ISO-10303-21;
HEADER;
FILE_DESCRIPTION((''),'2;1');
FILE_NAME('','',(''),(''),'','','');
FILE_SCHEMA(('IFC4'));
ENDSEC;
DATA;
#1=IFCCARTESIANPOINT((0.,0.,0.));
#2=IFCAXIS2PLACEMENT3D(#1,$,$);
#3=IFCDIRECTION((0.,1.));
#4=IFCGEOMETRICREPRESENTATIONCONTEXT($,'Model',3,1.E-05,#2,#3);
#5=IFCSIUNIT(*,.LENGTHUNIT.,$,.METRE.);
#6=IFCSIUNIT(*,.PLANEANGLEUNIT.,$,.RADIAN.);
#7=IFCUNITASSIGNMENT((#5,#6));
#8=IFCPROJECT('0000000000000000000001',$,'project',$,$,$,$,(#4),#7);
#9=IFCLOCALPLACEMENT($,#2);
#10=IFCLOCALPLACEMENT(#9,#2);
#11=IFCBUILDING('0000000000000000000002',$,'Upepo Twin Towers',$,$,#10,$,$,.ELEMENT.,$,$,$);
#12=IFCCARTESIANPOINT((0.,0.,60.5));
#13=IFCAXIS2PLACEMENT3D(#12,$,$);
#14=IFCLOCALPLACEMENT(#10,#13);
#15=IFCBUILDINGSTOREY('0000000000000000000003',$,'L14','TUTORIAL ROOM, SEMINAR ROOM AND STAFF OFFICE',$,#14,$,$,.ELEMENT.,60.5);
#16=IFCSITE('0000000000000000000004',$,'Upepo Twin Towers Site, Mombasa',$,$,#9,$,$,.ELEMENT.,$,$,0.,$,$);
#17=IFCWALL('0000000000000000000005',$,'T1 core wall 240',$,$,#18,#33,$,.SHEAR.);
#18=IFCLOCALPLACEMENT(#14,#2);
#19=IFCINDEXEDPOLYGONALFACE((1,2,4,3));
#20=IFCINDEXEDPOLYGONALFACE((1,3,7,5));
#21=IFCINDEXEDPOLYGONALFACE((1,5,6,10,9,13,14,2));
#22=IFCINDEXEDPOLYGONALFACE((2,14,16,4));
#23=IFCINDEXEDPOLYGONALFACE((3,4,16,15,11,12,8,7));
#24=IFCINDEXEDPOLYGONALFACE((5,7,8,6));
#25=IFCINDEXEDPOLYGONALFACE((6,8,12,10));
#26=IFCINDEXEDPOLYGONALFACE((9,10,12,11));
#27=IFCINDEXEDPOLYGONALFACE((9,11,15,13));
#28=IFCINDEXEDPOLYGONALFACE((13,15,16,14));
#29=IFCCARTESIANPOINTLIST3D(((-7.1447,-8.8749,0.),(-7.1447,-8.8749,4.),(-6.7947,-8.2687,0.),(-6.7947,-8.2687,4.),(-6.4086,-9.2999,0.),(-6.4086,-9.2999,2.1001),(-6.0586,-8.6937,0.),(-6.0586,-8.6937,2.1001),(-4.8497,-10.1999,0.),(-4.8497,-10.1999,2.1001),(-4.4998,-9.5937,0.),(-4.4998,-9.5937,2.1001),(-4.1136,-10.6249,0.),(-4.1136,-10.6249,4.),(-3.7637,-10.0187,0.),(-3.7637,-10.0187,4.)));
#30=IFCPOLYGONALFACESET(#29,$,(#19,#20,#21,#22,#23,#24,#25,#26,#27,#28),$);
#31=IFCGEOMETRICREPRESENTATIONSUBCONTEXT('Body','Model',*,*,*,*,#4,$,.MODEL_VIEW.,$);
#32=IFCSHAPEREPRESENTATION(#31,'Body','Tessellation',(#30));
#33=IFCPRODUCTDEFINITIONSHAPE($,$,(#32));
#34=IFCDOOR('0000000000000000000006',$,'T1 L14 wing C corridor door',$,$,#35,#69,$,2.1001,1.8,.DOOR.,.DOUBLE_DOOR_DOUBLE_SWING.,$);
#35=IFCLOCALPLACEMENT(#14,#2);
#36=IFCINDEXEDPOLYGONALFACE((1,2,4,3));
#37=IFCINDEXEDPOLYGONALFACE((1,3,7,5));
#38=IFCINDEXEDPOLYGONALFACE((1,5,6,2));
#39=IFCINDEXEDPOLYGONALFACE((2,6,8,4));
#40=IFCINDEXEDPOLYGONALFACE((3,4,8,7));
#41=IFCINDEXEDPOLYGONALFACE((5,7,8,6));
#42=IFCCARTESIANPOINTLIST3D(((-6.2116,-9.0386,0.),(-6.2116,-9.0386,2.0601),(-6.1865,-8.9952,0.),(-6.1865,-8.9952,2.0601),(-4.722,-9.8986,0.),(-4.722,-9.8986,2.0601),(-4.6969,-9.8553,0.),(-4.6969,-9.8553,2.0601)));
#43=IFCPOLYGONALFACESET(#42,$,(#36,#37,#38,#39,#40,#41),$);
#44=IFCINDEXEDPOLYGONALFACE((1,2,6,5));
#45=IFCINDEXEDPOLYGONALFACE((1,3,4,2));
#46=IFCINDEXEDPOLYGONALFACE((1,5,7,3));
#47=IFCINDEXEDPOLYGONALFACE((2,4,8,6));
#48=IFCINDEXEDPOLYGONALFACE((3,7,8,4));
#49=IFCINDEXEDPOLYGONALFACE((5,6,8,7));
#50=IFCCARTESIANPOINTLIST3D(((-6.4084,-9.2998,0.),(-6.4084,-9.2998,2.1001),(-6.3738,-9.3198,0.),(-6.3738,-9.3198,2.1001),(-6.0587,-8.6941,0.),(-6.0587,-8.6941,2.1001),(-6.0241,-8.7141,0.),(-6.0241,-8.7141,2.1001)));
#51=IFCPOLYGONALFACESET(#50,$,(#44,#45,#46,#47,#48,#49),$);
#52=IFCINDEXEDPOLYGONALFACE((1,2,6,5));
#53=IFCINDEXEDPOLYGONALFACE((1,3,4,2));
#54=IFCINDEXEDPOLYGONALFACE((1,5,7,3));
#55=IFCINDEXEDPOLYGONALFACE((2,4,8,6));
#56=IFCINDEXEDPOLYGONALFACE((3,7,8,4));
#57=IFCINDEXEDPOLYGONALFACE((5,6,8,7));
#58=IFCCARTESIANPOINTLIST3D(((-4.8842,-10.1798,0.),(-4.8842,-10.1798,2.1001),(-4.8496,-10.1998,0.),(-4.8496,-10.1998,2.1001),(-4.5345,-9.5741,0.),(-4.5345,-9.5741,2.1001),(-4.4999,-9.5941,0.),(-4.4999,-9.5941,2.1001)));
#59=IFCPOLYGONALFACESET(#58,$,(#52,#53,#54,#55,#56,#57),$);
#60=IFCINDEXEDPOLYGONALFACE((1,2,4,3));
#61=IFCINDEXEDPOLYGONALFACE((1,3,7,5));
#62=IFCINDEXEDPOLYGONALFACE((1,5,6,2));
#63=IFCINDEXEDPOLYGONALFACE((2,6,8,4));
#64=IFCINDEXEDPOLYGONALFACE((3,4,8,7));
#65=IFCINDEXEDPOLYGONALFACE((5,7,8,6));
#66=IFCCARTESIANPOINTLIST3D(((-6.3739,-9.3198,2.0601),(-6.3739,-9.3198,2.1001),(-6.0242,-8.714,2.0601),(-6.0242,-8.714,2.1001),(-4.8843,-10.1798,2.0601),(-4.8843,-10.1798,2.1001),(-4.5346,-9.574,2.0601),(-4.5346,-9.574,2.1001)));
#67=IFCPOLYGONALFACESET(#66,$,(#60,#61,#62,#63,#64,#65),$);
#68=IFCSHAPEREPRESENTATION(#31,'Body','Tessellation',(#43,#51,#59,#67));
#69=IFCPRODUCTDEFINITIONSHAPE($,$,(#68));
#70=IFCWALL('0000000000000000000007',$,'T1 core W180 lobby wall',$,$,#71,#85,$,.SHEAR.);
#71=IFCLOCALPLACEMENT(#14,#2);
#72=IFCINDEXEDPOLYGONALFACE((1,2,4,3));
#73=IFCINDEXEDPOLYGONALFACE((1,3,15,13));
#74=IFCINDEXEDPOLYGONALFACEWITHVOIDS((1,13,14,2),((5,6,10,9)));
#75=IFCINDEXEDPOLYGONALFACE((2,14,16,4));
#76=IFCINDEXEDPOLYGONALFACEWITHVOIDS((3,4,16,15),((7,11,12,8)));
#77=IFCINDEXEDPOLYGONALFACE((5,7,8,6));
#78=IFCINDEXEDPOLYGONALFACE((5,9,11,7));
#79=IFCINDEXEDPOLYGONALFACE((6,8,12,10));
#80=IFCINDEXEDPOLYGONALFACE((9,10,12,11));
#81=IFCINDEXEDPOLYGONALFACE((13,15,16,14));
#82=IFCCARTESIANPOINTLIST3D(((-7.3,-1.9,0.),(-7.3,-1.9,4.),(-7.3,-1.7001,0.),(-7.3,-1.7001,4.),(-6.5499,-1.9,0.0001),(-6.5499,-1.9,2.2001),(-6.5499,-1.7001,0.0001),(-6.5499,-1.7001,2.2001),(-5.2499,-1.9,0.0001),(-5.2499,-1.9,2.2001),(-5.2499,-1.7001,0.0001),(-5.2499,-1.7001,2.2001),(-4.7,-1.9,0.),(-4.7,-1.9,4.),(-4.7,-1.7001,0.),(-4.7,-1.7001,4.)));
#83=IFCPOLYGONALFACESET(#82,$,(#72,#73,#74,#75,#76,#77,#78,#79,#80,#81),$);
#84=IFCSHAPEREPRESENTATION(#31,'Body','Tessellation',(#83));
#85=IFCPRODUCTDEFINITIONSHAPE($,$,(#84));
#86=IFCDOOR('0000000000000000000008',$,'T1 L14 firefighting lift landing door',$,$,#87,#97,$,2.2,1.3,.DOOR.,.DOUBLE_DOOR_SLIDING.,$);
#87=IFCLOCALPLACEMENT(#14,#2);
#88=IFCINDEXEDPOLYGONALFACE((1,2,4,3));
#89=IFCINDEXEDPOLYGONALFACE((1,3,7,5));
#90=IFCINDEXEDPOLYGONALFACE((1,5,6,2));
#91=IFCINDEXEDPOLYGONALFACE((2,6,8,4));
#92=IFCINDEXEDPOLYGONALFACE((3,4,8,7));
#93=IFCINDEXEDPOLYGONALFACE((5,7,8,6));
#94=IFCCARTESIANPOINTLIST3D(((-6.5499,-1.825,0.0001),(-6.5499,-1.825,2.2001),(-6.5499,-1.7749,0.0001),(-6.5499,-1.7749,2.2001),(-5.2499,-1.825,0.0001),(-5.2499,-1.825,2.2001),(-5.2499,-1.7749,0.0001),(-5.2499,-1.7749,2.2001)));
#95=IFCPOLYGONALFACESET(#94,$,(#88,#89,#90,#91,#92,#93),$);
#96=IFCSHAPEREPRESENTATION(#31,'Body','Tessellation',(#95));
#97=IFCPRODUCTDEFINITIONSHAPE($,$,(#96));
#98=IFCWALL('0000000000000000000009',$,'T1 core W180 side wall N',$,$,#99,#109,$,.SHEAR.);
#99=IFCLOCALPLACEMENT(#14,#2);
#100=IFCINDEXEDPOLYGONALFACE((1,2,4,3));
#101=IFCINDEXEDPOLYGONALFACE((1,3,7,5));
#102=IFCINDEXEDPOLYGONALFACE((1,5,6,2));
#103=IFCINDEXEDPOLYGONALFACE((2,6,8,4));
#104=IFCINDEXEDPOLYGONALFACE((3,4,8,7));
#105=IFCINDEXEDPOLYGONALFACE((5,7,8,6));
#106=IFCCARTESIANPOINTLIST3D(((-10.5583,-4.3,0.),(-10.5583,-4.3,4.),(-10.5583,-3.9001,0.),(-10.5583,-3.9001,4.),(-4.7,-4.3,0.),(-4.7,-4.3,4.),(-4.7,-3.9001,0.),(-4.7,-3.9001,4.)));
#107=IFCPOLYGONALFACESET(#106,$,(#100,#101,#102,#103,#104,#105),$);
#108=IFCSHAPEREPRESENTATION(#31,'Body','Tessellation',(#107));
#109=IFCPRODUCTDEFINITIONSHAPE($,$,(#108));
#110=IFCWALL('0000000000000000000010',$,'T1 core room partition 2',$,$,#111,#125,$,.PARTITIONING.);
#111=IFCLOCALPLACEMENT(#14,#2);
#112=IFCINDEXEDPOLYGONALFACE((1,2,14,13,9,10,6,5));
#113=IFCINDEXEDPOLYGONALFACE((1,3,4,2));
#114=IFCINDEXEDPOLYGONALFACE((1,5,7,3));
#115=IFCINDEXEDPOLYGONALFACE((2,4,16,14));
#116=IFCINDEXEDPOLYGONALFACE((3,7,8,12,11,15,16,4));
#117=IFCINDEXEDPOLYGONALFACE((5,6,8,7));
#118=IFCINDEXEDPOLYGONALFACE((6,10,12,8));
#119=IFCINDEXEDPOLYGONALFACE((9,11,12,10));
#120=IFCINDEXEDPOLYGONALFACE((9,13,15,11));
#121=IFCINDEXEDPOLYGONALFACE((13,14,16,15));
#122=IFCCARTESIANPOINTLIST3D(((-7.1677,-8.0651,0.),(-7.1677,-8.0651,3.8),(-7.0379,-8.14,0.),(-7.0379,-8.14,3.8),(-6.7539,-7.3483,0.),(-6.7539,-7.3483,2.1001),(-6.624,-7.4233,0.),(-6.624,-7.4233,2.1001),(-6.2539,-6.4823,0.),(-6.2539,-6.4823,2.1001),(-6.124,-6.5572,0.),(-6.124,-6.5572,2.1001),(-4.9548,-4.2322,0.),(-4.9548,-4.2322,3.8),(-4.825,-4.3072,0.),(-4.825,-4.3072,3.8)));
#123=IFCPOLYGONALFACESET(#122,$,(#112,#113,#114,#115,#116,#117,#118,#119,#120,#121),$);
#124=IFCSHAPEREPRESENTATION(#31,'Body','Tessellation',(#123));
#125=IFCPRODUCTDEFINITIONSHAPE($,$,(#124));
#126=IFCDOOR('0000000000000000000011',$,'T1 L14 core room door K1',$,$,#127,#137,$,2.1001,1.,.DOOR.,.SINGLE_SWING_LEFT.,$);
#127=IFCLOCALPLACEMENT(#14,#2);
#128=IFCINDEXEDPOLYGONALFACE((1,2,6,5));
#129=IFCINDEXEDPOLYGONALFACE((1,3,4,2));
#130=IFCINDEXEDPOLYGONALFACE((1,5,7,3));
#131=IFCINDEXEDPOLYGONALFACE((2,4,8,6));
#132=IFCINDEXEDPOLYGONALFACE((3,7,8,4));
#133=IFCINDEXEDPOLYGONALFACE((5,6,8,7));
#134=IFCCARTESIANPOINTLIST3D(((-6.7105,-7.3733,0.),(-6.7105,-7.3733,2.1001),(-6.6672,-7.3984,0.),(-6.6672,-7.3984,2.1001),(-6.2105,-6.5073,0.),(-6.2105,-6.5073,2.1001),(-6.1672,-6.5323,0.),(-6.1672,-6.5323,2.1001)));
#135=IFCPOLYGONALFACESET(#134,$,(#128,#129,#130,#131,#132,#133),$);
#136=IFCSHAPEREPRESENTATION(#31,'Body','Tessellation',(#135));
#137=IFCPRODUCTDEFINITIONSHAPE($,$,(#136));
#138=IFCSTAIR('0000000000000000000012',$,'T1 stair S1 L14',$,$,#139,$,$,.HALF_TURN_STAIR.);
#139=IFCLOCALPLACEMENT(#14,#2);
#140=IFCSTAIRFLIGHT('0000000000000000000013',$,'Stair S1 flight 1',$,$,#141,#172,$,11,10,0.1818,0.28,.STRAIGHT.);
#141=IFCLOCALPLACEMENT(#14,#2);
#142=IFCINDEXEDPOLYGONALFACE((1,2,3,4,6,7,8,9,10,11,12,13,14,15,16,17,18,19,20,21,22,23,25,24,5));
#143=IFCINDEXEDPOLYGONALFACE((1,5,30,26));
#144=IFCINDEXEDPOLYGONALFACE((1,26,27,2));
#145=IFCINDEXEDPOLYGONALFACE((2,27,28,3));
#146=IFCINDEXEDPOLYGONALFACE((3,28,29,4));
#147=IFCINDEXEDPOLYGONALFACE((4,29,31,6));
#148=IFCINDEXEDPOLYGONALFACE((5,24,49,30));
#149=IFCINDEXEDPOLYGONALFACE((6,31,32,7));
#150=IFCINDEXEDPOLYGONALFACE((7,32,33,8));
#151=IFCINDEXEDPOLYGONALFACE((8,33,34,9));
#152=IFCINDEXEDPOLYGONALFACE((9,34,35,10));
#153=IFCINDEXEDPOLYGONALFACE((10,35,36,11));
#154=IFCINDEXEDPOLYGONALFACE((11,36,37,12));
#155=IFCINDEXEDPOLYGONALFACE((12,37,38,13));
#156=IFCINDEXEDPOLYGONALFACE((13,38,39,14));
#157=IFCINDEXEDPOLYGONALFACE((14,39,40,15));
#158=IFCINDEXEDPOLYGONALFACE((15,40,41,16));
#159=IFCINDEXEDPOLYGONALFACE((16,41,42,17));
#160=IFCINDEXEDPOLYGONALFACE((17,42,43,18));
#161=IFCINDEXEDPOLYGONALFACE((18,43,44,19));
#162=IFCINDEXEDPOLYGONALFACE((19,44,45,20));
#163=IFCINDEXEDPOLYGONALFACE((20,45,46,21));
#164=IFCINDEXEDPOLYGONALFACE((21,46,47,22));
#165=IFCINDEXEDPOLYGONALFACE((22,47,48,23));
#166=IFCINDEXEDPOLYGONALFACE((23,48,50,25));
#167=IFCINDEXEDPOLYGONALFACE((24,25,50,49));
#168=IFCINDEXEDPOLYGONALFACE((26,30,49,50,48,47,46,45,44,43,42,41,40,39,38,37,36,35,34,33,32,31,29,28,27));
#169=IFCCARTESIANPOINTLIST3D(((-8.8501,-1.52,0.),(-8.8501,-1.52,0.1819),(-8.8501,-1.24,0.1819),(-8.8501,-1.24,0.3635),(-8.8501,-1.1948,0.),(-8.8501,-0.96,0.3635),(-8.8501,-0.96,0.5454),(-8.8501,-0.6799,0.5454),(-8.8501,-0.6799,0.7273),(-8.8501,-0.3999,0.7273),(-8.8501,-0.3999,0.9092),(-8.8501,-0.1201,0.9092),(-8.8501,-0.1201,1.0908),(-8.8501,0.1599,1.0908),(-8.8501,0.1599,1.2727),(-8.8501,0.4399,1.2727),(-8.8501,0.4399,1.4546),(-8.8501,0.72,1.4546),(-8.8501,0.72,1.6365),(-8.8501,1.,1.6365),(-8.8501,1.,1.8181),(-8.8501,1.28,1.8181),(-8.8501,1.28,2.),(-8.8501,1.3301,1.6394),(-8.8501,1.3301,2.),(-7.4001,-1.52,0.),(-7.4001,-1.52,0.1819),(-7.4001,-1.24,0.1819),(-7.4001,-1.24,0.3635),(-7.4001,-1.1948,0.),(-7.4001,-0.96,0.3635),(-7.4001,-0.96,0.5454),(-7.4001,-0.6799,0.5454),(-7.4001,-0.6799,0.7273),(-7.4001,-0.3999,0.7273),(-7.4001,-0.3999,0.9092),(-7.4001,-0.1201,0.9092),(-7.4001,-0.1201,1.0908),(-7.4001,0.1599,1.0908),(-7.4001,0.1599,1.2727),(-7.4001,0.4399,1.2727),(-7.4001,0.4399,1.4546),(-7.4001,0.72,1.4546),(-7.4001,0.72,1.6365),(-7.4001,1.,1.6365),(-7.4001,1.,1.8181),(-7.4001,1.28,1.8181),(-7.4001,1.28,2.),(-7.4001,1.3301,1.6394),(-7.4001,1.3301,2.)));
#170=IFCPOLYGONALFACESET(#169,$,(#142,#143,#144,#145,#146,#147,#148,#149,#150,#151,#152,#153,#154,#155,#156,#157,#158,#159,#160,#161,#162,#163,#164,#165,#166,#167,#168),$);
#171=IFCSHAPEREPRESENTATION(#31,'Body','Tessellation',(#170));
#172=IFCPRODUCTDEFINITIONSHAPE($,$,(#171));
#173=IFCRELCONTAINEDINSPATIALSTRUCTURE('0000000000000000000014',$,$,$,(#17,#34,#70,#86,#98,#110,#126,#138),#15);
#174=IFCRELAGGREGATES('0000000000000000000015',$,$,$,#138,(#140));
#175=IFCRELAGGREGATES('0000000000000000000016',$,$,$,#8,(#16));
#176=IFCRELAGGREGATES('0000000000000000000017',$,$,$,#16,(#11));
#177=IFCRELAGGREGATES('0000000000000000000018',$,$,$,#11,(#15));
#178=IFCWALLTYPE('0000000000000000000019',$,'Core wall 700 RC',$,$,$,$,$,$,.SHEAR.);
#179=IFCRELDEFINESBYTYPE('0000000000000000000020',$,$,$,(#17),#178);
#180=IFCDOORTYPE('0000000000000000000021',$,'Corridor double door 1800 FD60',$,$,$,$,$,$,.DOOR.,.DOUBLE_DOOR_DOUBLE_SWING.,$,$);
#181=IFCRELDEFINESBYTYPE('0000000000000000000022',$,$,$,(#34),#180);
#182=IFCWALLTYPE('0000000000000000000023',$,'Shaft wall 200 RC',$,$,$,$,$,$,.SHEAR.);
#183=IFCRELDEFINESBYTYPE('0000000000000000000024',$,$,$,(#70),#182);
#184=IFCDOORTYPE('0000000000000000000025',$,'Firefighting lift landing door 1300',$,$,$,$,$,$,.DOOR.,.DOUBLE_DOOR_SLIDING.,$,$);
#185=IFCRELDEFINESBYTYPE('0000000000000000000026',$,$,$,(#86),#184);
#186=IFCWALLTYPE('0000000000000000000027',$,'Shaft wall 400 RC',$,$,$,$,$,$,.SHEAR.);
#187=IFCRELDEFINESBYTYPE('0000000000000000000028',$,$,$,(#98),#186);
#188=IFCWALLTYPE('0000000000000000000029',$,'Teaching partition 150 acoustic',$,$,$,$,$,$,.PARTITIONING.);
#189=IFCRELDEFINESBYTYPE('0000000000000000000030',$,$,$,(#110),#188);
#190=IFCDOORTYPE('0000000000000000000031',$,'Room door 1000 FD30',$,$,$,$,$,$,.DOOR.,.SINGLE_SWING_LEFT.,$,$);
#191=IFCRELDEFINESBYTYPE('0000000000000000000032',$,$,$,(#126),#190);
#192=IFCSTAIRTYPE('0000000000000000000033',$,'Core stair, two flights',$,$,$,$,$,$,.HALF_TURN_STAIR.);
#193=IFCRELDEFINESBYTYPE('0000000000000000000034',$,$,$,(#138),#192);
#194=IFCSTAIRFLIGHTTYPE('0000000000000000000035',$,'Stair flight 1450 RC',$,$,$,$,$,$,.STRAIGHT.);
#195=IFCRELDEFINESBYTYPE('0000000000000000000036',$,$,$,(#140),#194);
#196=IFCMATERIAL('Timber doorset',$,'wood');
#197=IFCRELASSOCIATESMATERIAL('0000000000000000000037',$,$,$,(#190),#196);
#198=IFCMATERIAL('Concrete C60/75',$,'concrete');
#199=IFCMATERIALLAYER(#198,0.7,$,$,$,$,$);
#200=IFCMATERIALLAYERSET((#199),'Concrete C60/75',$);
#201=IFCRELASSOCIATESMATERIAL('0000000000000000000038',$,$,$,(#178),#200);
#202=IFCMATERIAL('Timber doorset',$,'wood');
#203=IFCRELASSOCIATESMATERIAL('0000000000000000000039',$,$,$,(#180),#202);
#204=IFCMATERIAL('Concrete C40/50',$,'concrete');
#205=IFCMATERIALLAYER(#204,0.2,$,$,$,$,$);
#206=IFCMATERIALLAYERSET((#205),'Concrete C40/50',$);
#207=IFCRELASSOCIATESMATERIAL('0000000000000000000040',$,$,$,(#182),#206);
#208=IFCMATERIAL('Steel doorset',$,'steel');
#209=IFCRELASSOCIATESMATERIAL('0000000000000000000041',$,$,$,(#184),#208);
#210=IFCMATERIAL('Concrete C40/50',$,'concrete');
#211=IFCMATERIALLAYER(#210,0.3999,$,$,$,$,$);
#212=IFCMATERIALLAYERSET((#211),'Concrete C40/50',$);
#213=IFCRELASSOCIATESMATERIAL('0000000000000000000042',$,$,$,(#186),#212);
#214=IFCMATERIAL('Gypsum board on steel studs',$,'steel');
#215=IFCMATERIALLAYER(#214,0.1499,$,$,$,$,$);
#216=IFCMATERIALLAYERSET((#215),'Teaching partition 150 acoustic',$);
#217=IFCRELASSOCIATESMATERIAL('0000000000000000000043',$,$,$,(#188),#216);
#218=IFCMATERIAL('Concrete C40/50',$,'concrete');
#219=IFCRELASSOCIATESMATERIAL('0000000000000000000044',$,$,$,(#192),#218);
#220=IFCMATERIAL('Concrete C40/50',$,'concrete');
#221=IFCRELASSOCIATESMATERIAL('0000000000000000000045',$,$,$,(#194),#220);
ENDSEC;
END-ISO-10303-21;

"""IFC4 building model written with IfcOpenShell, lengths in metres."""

from ifc_helpers import new_model, si_unit, direction, frame, frame_2d, origin, place, context, subcontext, project, spatial, polyline, rectangle, outline, extrude, material, layer, layer_set, type_object, element, fill, aggregate, save


model = new_model("IFC4")

# Units and contexts
model_context = context("Model", 3, precision=1e-05, world=origin(), true_north=direction((0.0, 1.0)))
body_context = subcontext(model_context, "Body", "Model", "MODEL_VIEW")
ifc_project = project(units=[si_unit("LENGTHUNIT", "METRE"), si_unit("PLANEANGLEUNIT", "RADIAN")], contexts=[model_context])

# Site, building, storey
site_placement = place(None, origin())
site = spatial("IfcSite", under=ifc_project, at=site_placement, Name="Upepo Twin Towers Site, Mombasa", CompositionType="ELEMENT", RefElevation=0.0)
building_placement = place(site_placement, origin())
building = spatial("IfcBuilding", under=site, at=building_placement, Name="Upepo Twin Towers", CompositionType="ELEMENT")
storey_placement = place(building_placement, frame((0.0, 0.0, 60.5)))
storey = spatial("IfcBuildingStorey", under=building, at=storey_placement, Name="L14", Description="TUTORIAL ROOM, SEMINAR ROOM AND STAFF OFFICE", CompositionType="ELEMENT", Elevation=60.5)

# Shared definitions
ifc_material_1 = material(Name="Timber doorset", Category="wood")
door_type_1 = type_object("IfcDoorType", Name="Room door 1000 FD30", OperationType="SINGLE_SWING_LEFT", PredefinedType="DOOR", material=ifc_material_1)

# Shared definitions
ifc_material_2 = material(Name="Concrete C60/75", Category="concrete")
ifc_layer_1 = layer(ifc_material_2, 0.7)
ifc_layer_set_1 = layer_set([ifc_layer_1], Name="Concrete C60/75")
wall_type_1 = type_object("IfcWallType", Name="Core wall 700 RC", PredefinedType="SHEAR", material=ifc_layer_set_1)

# Walls, openings, doors
wall_1_placement = place(storey_placement, frame((-6.9697, -8.5718, 0.0), z_axis=(0.0, 0.0, 1.0), x_axis=(0.866019, -0.50001, 0.0)))
wall_1 = element("IfcWall", 1, at=wall_1_placement, inside=storey, type_object=wall_type_1, Name="T1 core wall 240", PredefinedType="SHEAR", context=body_context, shape_type="SweptSolid", body=[
    extrude(rectangle(XDim=3.5, YDim=0.7, at=frame_2d((1.75, 0.0))), origin(), (0.0, 0.0, 1.0), 4.0),
])
opening_1_placement = place(wall_1_placement, frame((0.8501, 0.0, 0.0)))
opening_1 = element("IfcOpeningElement", 2, at=opening_1_placement, cuts=wall_1, PredefinedType="OPENING", context=body_context, shape_type="SweptSolid", body=[
    extrude(rectangle(XDim=1.8, YDim=2.1001, at=frame_2d((0.8999, 1.05))), frame((0.0, 0.3599, 0.0), z_axis=(0.0, -1.0, 0.0), x_axis=(1.0, 0.0, 0.0)), (0.0, 0.0, 1.0), 0.72),
])
ifc_material_3 = material(Name="Timber doorset", Category="wood")
door_type_2 = type_object("IfcDoorType", Name="Corridor double door 1800 FD60", OperationType="DOUBLE_DOOR_DOUBLE_SWING", PredefinedType="DOOR", material=ifc_material_3)
door_1_placement = place(opening_1_placement, origin())
door_1 = element("IfcDoor", 3, at=door_1_placement, inside=storey, type_object=door_type_2, Name="T1 L14 wing C corridor door", OperationType="DOUBLE_DOOR_DOUBLE_SWING", OverallHeight=2.1001, OverallWidth=1.8, PredefinedType="DOOR", context=body_context, shape_type="SweptSolid", body=[
    extrude(rectangle(XDim=1.72, YDim=2.0601, at=frame_2d((0.8999, 1.03))), frame((0.0, 0.0249, 0.0), z_axis=(0.0, -1.0, 0.0), x_axis=(1.0, 0.0, 0.0)), (0.0, 0.0, 1.0), 0.05),
    extrude(rectangle(XDim=0.04, YDim=2.1001, at=frame_2d((0.02, 1.05))), frame((0.0, 0.3496, 0.0), z_axis=(0.0, -1.0, 0.0), x_axis=(1.0, 0.0, 0.0)), (0.0, 0.0, 1.0), 0.6995),
    extrude(rectangle(XDim=0.04, YDim=2.1001, at=frame_2d((1.78, 1.05))), frame((0.0, 0.3496, 0.0), z_axis=(0.0, -1.0, 0.0), x_axis=(1.0, 0.0, 0.0)), (0.0, 0.0, 1.0), 0.6995),
    extrude(rectangle(XDim=1.72, YDim=0.04, at=frame_2d((0.8999, 2.0801))), frame((0.0, 0.3496, 0.0), z_axis=(0.0, -1.0, 0.0), x_axis=(1.0, 0.0, 0.0)), (0.0, 0.0, 1.0), 0.6995),
])
fill(opening_1, door_1)
ifc_material_4 = material(Name="Concrete C40/50", Category="concrete")
ifc_layer_2 = layer(ifc_material_4, 0.2)
ifc_layer_set_2 = layer_set([ifc_layer_2], Name="Concrete C40/50")
wall_type_2 = type_object("IfcWallType", Name="Shaft wall 200 RC", PredefinedType="SHEAR", material=ifc_layer_set_2)
wall_2_placement = place(storey_placement, frame((-4.7, -1.8, 0.0), z_axis=(0.0, 0.0, 1.0), x_axis=(-1.0, 0.0, 0.0)))
wall_2 = element("IfcWall", 4, at=wall_2_placement, inside=storey, type_object=wall_type_2, Name="T1 core W180 lobby wall", PredefinedType="SHEAR", context=body_context, shape_type="SweptSolid", body=[
    extrude(rectangle(XDim=2.6001, YDim=0.2, at=frame_2d((1.3, 0.0))), origin(), (0.0, 0.0, 1.0), 4.0),
])
opening_2_placement = place(wall_2_placement, frame((0.55, 0.0, 0.0)))
opening_2 = element("IfcOpeningElement", 5, at=opening_2_placement, cuts=wall_2, PredefinedType="OPENING", context=body_context, shape_type="SweptSolid", body=[
    extrude(rectangle(XDim=1.3, YDim=2.2, at=frame_2d((0.6499, 1.1001))), frame((0.0, 0.1099, 0.0), z_axis=(0.0, -1.0, 0.0), x_axis=(1.0, 0.0, 0.0)), (0.0, 0.0, 1.0), 0.22),
])
ifc_material_5 = material(Name="Steel doorset", Category="steel")
door_type_3 = type_object("IfcDoorType", Name="Firefighting lift landing door 1300", OperationType="DOUBLE_DOOR_SLIDING", PredefinedType="DOOR", material=ifc_material_5)
door_2_placement = place(opening_2_placement, origin())
door_2 = element("IfcDoor", 6, at=door_2_placement, inside=storey, type_object=door_type_3, Name="T1 L14 firefighting lift landing door", OperationType="DOUBLE_DOOR_SLIDING", OverallHeight=2.2, OverallWidth=1.3, PredefinedType="DOOR", context=body_context, shape_type="SweptSolid", body=[
    extrude(rectangle(XDim=1.3, YDim=2.2, at=frame_2d((0.6499, 1.1001))), frame((0.0, 0.0249, 0.0), z_axis=(0.0, -1.0, 0.0), x_axis=(1.0, 0.0, 0.0)), (0.0, 0.0, 1.0), 0.05),
])
fill(opening_2, door_2)

# Wall
ifc_material_6 = material(Name="Concrete C40/50", Category="concrete")
ifc_layer_3 = layer(ifc_material_6, 0.3999)
ifc_layer_set_3 = layer_set([ifc_layer_3], Name="Concrete C40/50")
wall_type_3 = type_object("IfcWallType", Name="Shaft wall 400 RC", PredefinedType="SHEAR", material=ifc_layer_set_3)
wall_3_placement = place(storey_placement, frame((-4.7, -4.1001, 0.0), z_axis=(0.0, 0.0, 1.0), x_axis=(-1.0, 0.0, 0.0)))
element("IfcWall", 7, at=wall_3_placement, inside=storey, type_object=wall_type_3, Name="T1 core W180 side wall N", PredefinedType="SHEAR", context=body_context, shape_type="SweptSolid", body=[
    extrude(rectangle(XDim=5.8584, YDim=0.3999, at=frame_2d((2.9292, 0.0))), origin(), (0.0, 0.0, 1.0), 4.0),
])

# Wall, opening, door
ifc_material_7 = material(Name="Gypsum board on steel studs", Category="steel")
ifc_layer_4 = layer(ifc_material_7, 0.1499)
ifc_layer_set_4 = layer_set([ifc_layer_4], Name="Teaching partition 150 acoustic")
wall_type_4 = type_object("IfcWallType", Name="Teaching partition 150 acoustic", PredefinedType="PARTITIONING", material=ifc_layer_set_4)
wall_4_placement = place(storey_placement, frame((-7.1028, -8.1025, 0.0), z_axis=(0.0, 0.0, 1.0), x_axis=(0.500007, 0.866021, 0.0)))
wall_4 = element("IfcWall", 8, at=wall_4_placement, inside=storey, type_object=wall_type_4, Name="T1 core room partition 2", PredefinedType="PARTITIONING", context=body_context, shape_type="SweptSolid", body=[
    extrude(rectangle(XDim=4.4258, YDim=0.1499, at=frame_2d((2.2129, 0.0))), origin(), (0.0, 0.0, 1.0), 3.8),
])
opening_3_placement = place(wall_4_placement, frame((0.8276, 0.0, 0.0)))
opening_3 = element("IfcOpeningElement", 9, at=opening_3_placement, cuts=wall_4, PredefinedType="OPENING", context=body_context, shape_type="SweptSolid", body=[
    extrude(rectangle(XDim=1.0, YDim=2.1001, at=frame_2d((0.5, 1.05))), frame((0.0, 0.085, 0.0), z_axis=(0.0, -1.0, 0.0), x_axis=(1.0, 0.0, 0.0)), (0.0, 0.0, 1.0), 0.1699),
])
door_3_placement = place(opening_3_placement, origin())
door_3 = element("IfcDoor", 10, at=door_3_placement, inside=storey, type_object=door_type_1, Name="T1 L14 core room door K1", OperationType="SINGLE_SWING_LEFT", OverallHeight=2.1001, OverallWidth=1.0, PredefinedType="DOOR", context=body_context, shape_type="SweptSolid", body=[
    extrude(rectangle(XDim=1.0, YDim=2.1001, at=frame_2d((0.5, 1.05))), frame((0.0, 0.0249, 0.0), z_axis=(0.0, -1.0, 0.0), x_axis=(1.0, 0.0, 0.0)), (0.0, 0.0, 1.0), 0.05),
])
fill(opening_3, door_3)

# Stair, stair flight
ifc_material_8 = material(Name="Concrete C40/50", Category="concrete")
stair_type = type_object("IfcStairType", Name="Core stair, two flights", PredefinedType="HALF_TURN_STAIR", material=ifc_material_8)
stair_placement = place(storey_placement, origin())
stair = element("IfcStair", 11, at=stair_placement, inside=storey, type_object=stair_type, Name="T1 stair S1 L14", PredefinedType="HALF_TURN_STAIR")
ifc_material_9 = material(Name="Concrete C40/50", Category="concrete")
stair_flight_type = type_object("IfcStairFlightType", Name="Stair flight 1450 RC", PredefinedType="STRAIGHT", material=ifc_material_9)
stair_flight_placement = place(storey_placement, frame((-8.125, -1.52, 0.0), z_axis=(0.0, 0.0, 1.0), x_axis=(0.0, 1.0, 0.0)))
stair_flight = element("IfcStairFlight", 12, at=stair_flight_placement, type_object=stair_flight_type, Name="Stair S1 flight 1", NumberOfRisers=11, NumberOfTreads=10, PredefinedType="STRAIGHT", RiserHeight=0.1818, TreadLength=0.28, context=body_context, shape_type="SweptSolid", body=[
    extrude(outline(polyline([(0.0, 0.0), (0.0, 0.1819), (0.28, 0.1819), (0.28, 0.3635), (0.5601, 0.3635), (0.5601, 0.5454), (0.8401, 0.5454), (0.8401, 0.7273), (1.1201, 0.7273), (1.1201, 0.9092), (1.3999, 0.9092), (1.3999, 1.0908), (1.6799, 1.0908), (1.6799, 1.2727), (1.96, 1.2727), (1.96, 1.4546), (2.24, 1.4546), (2.24, 1.6365), (2.52, 1.6365), (2.52, 1.8181), (2.8, 1.8181), (2.8, 2.0), (2.8501, 2.0), (2.8501, 1.6394), (0.3252, 0.0), (0.0, 0.0)])), frame((0.0, 0.7251, 0.0), z_axis=(0.0, -1.0, 0.0), x_axis=(1.0, 0.0, 0.0)), (0.0, 0.0, 1.0), 1.45),
])
aggregate(stair, [stair_flight])

save(model, "model.ifc")
